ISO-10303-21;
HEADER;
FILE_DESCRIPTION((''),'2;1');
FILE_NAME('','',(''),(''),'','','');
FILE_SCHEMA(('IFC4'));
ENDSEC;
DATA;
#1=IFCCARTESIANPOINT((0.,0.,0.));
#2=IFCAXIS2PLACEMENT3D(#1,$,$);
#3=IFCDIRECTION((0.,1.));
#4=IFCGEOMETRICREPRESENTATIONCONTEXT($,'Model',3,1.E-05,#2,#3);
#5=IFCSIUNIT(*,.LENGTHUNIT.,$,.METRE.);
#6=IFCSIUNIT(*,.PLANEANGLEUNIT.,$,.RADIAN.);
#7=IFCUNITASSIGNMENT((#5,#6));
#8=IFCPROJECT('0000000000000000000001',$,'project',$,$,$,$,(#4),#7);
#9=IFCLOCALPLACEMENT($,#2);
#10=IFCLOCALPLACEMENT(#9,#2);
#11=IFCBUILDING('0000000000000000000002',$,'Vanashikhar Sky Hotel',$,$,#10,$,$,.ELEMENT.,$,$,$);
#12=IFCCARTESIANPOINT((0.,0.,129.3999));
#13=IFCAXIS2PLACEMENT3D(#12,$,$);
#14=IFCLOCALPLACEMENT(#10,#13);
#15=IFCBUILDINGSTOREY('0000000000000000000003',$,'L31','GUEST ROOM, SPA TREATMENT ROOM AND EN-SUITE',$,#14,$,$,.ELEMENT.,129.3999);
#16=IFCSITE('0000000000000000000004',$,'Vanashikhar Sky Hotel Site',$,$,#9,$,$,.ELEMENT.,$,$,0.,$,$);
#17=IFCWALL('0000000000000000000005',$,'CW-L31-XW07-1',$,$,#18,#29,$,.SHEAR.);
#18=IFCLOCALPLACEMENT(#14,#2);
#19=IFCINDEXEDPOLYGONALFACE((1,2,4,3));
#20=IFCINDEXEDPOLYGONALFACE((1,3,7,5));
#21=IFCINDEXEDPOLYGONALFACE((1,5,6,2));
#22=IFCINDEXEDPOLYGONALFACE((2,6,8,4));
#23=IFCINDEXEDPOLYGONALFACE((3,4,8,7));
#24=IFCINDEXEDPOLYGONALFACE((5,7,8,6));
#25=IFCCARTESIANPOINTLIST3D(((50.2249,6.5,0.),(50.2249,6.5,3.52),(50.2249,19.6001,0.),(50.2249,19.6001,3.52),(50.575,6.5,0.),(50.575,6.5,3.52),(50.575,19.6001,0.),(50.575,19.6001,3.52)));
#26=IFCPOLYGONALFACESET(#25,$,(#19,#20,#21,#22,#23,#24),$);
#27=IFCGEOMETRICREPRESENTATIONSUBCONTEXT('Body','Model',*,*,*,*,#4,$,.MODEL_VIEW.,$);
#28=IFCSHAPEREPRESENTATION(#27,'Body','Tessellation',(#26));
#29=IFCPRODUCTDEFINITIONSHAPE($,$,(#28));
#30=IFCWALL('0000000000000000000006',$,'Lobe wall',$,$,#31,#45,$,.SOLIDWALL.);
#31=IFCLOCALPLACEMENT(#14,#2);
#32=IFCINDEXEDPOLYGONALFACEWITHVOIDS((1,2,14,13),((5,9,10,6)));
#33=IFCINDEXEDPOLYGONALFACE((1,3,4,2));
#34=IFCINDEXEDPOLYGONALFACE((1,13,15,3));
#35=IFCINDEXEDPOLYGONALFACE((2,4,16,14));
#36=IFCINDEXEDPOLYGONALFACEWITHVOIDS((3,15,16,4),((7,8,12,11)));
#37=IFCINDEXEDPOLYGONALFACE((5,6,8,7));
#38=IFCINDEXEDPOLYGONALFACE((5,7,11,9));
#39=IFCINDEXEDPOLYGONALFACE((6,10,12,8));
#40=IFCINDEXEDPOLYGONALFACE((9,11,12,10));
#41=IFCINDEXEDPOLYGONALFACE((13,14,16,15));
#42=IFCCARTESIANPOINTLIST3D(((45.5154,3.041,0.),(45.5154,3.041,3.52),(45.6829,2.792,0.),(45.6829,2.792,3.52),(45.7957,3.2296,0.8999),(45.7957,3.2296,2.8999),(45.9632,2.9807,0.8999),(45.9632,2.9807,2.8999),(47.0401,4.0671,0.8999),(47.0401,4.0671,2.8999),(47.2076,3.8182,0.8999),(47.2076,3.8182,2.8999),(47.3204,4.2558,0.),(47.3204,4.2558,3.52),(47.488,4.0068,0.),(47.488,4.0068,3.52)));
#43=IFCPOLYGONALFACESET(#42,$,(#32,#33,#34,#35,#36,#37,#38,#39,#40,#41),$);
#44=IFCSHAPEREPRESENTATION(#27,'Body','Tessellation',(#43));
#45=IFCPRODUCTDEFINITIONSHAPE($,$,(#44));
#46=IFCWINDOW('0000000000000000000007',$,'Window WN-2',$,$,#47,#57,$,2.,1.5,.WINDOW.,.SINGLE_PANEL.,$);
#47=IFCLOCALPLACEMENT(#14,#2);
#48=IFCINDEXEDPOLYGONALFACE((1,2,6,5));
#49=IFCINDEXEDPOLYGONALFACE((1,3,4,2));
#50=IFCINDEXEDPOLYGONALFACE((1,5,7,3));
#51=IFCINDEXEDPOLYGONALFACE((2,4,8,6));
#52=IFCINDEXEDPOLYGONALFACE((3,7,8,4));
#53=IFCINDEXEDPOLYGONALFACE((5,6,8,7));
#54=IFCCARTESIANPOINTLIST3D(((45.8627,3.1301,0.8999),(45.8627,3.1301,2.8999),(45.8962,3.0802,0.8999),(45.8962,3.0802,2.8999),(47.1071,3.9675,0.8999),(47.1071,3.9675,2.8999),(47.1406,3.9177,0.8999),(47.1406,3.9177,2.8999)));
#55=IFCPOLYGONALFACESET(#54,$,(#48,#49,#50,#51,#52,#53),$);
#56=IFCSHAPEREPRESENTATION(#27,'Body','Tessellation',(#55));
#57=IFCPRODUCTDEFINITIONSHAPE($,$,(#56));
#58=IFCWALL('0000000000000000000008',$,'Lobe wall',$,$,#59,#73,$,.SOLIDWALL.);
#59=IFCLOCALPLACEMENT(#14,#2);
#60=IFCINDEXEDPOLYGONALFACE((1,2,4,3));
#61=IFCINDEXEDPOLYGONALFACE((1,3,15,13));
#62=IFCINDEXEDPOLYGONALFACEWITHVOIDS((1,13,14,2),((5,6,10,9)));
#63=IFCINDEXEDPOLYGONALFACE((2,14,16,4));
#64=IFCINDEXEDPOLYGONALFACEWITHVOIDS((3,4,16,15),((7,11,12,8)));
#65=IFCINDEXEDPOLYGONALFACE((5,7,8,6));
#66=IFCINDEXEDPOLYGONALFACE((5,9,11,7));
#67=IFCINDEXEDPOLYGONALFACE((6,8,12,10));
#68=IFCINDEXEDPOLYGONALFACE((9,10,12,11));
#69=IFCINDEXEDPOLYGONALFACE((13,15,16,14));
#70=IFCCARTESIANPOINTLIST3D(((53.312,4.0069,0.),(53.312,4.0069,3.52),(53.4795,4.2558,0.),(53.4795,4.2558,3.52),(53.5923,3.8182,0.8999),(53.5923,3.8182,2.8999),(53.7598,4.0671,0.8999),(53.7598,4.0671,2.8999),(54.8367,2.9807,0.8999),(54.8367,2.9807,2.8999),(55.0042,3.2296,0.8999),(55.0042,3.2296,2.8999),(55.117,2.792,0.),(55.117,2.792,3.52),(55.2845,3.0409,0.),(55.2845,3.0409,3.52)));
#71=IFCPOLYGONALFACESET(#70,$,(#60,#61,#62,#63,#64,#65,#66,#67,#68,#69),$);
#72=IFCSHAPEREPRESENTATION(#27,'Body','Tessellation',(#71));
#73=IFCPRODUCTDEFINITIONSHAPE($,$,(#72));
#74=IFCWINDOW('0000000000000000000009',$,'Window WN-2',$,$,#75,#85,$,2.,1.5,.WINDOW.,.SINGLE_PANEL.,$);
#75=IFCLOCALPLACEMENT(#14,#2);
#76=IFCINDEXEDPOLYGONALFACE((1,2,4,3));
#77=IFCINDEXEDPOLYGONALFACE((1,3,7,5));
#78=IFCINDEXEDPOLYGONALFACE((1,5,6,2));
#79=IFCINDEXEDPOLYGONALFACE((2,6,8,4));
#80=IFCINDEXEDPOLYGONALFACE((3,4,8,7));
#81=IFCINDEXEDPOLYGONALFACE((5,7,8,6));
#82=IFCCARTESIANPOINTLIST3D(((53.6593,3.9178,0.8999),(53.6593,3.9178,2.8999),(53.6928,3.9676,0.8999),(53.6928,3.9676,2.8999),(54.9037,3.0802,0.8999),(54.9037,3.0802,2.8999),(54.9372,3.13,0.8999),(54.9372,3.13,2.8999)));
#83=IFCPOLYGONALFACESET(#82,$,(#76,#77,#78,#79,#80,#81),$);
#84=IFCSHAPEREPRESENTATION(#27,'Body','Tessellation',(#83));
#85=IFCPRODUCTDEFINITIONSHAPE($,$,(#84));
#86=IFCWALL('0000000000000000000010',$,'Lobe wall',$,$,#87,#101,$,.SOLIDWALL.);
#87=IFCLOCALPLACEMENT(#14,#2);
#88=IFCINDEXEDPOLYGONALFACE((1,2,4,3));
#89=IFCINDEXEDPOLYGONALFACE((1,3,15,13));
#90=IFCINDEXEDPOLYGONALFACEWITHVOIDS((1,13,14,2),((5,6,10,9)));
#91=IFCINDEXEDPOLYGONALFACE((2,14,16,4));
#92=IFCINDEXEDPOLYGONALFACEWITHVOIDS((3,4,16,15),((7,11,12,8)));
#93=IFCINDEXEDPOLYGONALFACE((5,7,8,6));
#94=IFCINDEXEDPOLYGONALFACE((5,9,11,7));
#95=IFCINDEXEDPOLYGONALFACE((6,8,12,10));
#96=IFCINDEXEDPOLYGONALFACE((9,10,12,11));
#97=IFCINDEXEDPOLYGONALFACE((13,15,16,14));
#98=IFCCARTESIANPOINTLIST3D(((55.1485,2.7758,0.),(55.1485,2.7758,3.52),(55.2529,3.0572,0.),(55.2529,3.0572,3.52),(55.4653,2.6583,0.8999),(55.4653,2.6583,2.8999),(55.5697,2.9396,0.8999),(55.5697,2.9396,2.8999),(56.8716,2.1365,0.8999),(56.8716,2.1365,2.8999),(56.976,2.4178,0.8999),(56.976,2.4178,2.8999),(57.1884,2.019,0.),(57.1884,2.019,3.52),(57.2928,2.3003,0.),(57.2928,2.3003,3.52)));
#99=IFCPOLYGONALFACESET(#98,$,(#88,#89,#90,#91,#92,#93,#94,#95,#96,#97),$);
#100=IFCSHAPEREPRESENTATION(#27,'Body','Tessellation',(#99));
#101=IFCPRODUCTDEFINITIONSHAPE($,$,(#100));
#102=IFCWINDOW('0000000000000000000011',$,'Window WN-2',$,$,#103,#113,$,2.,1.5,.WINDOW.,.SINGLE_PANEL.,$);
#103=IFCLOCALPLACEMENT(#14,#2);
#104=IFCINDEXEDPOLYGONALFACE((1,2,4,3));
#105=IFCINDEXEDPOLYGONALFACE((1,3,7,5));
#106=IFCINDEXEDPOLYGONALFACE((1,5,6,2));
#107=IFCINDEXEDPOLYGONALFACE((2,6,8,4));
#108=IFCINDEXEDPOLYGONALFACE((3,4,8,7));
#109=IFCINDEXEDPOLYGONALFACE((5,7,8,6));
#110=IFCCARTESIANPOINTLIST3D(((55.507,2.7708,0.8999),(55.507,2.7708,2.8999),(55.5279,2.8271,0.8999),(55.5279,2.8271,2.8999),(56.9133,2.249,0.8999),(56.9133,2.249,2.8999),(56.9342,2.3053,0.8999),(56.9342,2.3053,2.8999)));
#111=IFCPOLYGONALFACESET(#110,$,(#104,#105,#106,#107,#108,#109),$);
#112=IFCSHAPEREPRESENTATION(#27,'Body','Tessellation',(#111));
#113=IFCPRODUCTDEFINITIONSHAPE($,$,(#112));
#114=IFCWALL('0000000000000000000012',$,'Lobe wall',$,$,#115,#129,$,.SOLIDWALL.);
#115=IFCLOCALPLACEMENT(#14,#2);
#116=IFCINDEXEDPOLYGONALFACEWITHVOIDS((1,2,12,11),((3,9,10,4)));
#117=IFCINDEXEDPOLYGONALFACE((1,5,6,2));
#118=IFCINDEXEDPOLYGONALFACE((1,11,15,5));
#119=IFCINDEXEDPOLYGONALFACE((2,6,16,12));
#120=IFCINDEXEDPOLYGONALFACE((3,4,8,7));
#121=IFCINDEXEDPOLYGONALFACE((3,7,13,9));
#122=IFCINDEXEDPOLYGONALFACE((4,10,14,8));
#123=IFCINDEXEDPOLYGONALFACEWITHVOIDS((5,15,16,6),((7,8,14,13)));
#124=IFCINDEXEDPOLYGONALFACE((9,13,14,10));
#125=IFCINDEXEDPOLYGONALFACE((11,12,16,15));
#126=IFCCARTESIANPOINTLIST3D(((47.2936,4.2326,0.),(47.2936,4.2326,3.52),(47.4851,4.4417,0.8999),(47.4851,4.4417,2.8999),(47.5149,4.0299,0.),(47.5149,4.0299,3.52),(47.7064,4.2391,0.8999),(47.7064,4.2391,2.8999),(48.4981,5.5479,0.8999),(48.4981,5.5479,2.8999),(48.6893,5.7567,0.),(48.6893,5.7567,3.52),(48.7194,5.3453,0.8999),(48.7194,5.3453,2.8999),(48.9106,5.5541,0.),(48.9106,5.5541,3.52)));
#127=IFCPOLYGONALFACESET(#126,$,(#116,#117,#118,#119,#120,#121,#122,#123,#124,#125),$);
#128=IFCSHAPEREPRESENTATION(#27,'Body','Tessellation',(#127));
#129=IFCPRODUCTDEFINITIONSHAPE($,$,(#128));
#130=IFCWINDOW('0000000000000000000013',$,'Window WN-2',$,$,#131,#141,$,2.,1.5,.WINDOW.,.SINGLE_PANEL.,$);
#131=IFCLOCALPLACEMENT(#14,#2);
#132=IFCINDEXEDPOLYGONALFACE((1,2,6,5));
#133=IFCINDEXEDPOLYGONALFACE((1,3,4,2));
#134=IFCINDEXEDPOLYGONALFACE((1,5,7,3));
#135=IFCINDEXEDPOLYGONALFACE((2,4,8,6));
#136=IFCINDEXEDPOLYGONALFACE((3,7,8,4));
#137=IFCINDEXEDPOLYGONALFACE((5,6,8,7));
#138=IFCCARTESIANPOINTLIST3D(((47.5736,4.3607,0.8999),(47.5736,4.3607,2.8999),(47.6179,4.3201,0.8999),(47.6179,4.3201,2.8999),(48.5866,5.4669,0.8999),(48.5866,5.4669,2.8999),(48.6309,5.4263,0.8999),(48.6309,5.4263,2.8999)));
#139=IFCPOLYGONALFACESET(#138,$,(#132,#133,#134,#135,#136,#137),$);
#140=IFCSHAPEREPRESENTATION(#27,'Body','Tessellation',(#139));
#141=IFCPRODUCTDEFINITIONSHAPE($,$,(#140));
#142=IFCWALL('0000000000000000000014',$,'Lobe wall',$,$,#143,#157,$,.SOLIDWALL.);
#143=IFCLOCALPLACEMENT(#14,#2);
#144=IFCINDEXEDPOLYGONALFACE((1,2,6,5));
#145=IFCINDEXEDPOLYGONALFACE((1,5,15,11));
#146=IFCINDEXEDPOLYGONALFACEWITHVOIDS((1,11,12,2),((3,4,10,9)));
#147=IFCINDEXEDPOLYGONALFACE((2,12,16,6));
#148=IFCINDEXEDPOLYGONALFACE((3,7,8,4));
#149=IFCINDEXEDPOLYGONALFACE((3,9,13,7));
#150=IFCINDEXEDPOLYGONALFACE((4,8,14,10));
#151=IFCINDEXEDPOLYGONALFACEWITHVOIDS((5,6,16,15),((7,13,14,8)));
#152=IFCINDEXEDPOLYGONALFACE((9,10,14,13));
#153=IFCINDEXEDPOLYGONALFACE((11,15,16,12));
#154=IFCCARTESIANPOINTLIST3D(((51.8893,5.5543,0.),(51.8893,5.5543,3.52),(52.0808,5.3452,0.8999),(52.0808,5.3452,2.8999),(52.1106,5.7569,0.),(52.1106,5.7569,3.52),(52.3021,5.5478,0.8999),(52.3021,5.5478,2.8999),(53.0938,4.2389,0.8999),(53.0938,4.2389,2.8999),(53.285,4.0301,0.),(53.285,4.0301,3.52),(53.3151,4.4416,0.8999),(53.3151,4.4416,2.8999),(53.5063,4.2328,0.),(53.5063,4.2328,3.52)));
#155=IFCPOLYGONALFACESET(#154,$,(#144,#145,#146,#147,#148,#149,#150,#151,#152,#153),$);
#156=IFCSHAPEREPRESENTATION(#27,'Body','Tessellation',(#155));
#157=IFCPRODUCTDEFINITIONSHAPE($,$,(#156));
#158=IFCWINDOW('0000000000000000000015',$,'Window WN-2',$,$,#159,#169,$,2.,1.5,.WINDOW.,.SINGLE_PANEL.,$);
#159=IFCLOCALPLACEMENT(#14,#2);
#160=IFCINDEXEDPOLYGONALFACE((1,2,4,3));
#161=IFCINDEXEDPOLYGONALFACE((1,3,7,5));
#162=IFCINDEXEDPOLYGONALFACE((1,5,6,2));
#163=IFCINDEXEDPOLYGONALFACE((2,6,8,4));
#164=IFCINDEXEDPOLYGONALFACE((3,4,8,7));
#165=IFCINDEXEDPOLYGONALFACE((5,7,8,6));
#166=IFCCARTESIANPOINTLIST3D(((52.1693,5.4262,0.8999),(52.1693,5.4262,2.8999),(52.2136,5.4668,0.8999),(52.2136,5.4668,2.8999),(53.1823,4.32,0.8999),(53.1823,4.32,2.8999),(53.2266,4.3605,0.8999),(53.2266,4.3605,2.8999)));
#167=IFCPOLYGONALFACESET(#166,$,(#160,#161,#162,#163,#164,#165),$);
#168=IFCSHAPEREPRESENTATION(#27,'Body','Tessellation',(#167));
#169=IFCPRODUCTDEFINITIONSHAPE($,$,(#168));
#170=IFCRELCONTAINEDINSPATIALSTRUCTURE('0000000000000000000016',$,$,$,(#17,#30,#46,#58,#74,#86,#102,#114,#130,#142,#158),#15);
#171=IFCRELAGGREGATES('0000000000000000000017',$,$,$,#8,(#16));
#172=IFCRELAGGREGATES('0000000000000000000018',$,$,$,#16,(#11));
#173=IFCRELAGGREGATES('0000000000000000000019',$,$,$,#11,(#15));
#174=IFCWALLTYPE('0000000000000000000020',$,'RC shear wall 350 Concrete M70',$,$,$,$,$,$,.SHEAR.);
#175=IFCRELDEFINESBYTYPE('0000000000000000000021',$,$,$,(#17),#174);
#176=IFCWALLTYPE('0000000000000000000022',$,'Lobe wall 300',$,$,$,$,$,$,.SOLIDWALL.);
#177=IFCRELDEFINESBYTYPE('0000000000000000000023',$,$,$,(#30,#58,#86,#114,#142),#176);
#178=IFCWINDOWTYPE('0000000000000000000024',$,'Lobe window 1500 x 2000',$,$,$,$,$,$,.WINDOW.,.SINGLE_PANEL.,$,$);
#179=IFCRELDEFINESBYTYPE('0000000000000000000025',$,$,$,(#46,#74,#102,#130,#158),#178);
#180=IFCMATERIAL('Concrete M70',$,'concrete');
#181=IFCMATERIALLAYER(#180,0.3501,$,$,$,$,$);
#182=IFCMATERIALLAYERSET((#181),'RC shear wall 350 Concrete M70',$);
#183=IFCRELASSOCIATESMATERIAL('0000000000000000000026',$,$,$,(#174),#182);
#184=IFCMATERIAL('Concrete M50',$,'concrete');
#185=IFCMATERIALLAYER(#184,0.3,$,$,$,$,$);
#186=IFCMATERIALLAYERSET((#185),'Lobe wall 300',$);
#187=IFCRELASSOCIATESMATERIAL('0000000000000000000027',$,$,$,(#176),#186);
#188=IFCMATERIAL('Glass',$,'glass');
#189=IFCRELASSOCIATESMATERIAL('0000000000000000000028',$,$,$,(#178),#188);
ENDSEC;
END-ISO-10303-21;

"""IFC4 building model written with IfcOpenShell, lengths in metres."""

from ifc_helpers import new_model, si_unit, direction, frame, frame_2d, origin, place, context, subcontext, project, spatial, rectangle, extrude, source, transform, mapped, material, layer, layer_set, type_object, element, fill, save


model = new_model("IFC4")

# Units and contexts
model_context = context("Model", 3, precision=1e-05, world=origin(), true_north=direction((0.0, 1.0)))
body_context = subcontext(model_context, "Body", "Model", "MODEL_VIEW")
ifc_project = project(units=[si_unit("LENGTHUNIT", "METRE"), si_unit("PLANEANGLEUNIT", "RADIAN")], contexts=[model_context])

# Site, building, storey
site_placement = place(None, origin())
site = spatial("IfcSite", under=ifc_project, at=site_placement, Name="Vanashikhar Sky Hotel Site", CompositionType="ELEMENT", RefElevation=0.0)
building_placement = place(site_placement, origin())
building = spatial("IfcBuilding", under=site, at=building_placement, Name="Vanashikhar Sky Hotel", CompositionType="ELEMENT")
storey_placement = place(building_placement, frame((0.0, 0.0, 129.3999)))
storey = spatial("IfcBuildingStorey", under=building, at=storey_placement, Name="L31", Description="GUEST ROOM, SPA TREATMENT ROOM AND EN-SUITE", CompositionType="ELEMENT", Elevation=129.3999)

# Wall
ifc_material_1 = material(Name="Concrete M70", Category="concrete")
ifc_layer_1 = layer(ifc_material_1, 0.3501)
ifc_layer_set_1 = layer_set([ifc_layer_1], Name="RC shear wall 350 Concrete M70")
wall_type_1 = type_object("IfcWallType", Name="RC shear wall 350 Concrete M70", PredefinedType="SHEAR", material=ifc_layer_set_1)
shared_shape_1 = source(origin(), body_context, "Body", "SweptSolid", [
    extrude(rectangle(XDim=13.1001, YDim=0.3501, at=frame_2d((6.55, 0.0))), origin(), (0.0, 0.0, 1.0), 3.52),
])
wall_1_placement = place(storey_placement, frame((50.3999, 6.5, 0.0), z_axis=(0.0, 0.0, 1.0), x_axis=(0.0, 1.0, 0.0)))
element("IfcWall", 1, at=wall_1_placement, inside=storey, type_object=wall_type_1, Name="CW-L31-XW07-1", PredefinedType="SHEAR", context=body_context, shape_type="MappedRepresentation", body=[
    mapped(shared_shape_1, transform((0.0, 0.0, 0.0), scale=1.0)),
])

# Walls, openings, windows
ifc_material_2 = material(Name="Concrete M50", Category="concrete")
ifc_layer_2 = layer(ifc_material_2, 0.3)
ifc_layer_set_2 = layer_set([ifc_layer_2], Name="Lobe wall 300")
wall_type_2 = type_object("IfcWallType", Name="Lobe wall 300", PredefinedType="SOLIDWALL", material=ifc_layer_set_2)
shared_shape_2 = source(origin(), body_context, "Body", "SweptSolid", [
    extrude(rectangle(XDim=2.1758, YDim=0.3, at=frame_2d((1.0879, 0.0))), origin(), (0.0, 0.0, 1.0), 3.52),
])
wall_2_placement = place(storey_placement, frame((45.5991, 2.9165, 0.0), z_axis=(0.0, 0.0, 1.0), x_axis=(0.829626, 0.55832, 0.0)))
wall_2 = element("IfcWall", 2, at=wall_2_placement, inside=storey, type_object=wall_type_2, Name="Lobe wall", PredefinedType="SOLIDWALL", context=body_context, shape_type="MappedRepresentation", body=[
    mapped(shared_shape_2, transform((0.0, 0.0, 0.0), scale=1.0)),
])
shared_shape_3 = source(origin(), body_context, "Body", "SweptSolid", [
    extrude(rectangle(XDim=1.5, YDim=2.0, at=frame_2d((0.75, 1.0))), frame((0.0, 0.1602, 0.0), z_axis=(0.0, -1.0, 0.0), x_axis=(1.0, 0.0, 0.0)), (0.0, 0.0, 1.0), 0.3201),
])
opening_1_placement = place(wall_2_placement, frame((0.3379, 0.0, 0.8999)))
opening_1 = element("IfcOpeningElement", 3, at=opening_1_placement, cuts=wall_2, PredefinedType="OPENING", context=body_context, shape_type="MappedRepresentation", body=[
    mapped(shared_shape_3, transform((0.0, 0.0, 0.0), scale=1.0)),
])
ifc_material_3 = material(Name="Glass", Category="glass")
window_type = type_object("IfcWindowType", Name="Lobe window 1500 x 2000", PartitioningType="SINGLE_PANEL", PredefinedType="WINDOW", material=ifc_material_3)
shared_shape_4 = source(origin(), body_context, "Body", "SweptSolid", [
    extrude(rectangle(XDim=1.5, YDim=2.0, at=frame_2d((0.75, 1.0))), frame((0.0, 0.03, 0.0), z_axis=(0.0, -1.0, 0.0), x_axis=(1.0, 0.0, 0.0)), (0.0, 0.0, 1.0), 0.0601),
])
window_1_placement = place(opening_1_placement, origin())
window_1 = element("IfcWindow", 4, at=window_1_placement, inside=storey, type_object=window_type, Name="Window WN-2", OverallHeight=2.0, OverallWidth=1.5, PartitioningType="SINGLE_PANEL", PredefinedType="WINDOW", context=body_context, shape_type="MappedRepresentation", body=[
    mapped(shared_shape_4, transform((0.0, 0.0, 0.0), scale=1.0)),
])
fill(opening_1, window_1)
wall_3_placement = place(storey_placement, frame((53.3958, 4.1313, 0.0), z_axis=(0.0, 0.0, 1.0), x_axis=(0.829591, -0.558372, 0.0)))
wall_3 = element("IfcWall", 5, at=wall_3_placement, inside=storey, type_object=wall_type_2, Name="Lobe wall", PredefinedType="SOLIDWALL", context=body_context, shape_type="MappedRepresentation", body=[
    mapped(shared_shape_2, transform((0.0, 0.0, 0.0), scale=1.0)),
])
opening_2_placement = place(wall_3_placement, frame((0.3379, 0.0, 0.8999)))
opening_2 = element("IfcOpeningElement", 6, at=opening_2_placement, cuts=wall_3, PredefinedType="OPENING", context=body_context, shape_type="MappedRepresentation", body=[
    mapped(shared_shape_3, transform((0.0, 0.0, 0.0), scale=1.0)),
])
window_2_placement = place(opening_2_placement, origin())
window_2 = element("IfcWindow", 7, at=window_2_placement, inside=storey, type_object=window_type, Name="Window WN-2", OverallHeight=2.0, OverallWidth=1.5, PartitioningType="SINGLE_PANEL", PredefinedType="WINDOW", context=body_context, shape_type="MappedRepresentation", body=[
    mapped(shared_shape_4, transform((0.0, 0.0, 0.0), scale=1.0)),
])
fill(opening_2, window_2)
wall_4_placement = place(storey_placement, frame((55.2007, 2.9165, 0.0), z_axis=(0.0, 0.0, 1.0), x_axis=(0.937546, -0.347863, 0.0)))
wall_4 = element("IfcWall", 8, at=wall_4_placement, inside=storey, type_object=wall_type_2, Name="Lobe wall", PredefinedType="SOLIDWALL", context=body_context, shape_type="MappedRepresentation", body=[
    mapped(shared_shape_2, transform((0.0, 0.0, 0.0), scale=1.0)),
])
opening_3_placement = place(wall_4_placement, frame((0.3379, 0.0, 0.8999)))
opening_3 = element("IfcOpeningElement", 9, at=opening_3_placement, cuts=wall_4, PredefinedType="OPENING", context=body_context, shape_type="MappedRepresentation", body=[
    mapped(shared_shape_3, transform((0.0, 0.0, 0.0), scale=1.0)),
])
window_3_placement = place(opening_3_placement, origin())
window_3 = element("IfcWindow", 10, at=window_3_placement, inside=storey, type_object=window_type, Name="Window WN-2", OverallHeight=2.0, OverallWidth=1.5, PartitioningType="SINGLE_PANEL", PredefinedType="WINDOW", context=body_context, shape_type="MappedRepresentation", body=[
    mapped(shared_shape_4, transform((0.0, 0.0, 0.0), scale=1.0)),
])
fill(opening_3, window_3)
shared_shape_5 = source(origin(), body_context, "Body", "SweptSolid", [
    extrude(rectangle(XDim=2.0667, YDim=0.3, at=frame_2d((1.0332, 0.0))), origin(), (0.0, 0.0, 1.0), 3.52),
])
wall_5_placement = place(storey_placement, frame((47.4043, 4.1313, 0.0), z_axis=(0.0, 0.0, 1.0), x_axis=(0.675355, 0.737492, 0.0)))
wall_5 = element("IfcWall", 11, at=wall_5_placement, inside=storey, type_object=wall_type_2, Name="Lobe wall", PredefinedType="SOLIDWALL", context=body_context, shape_type="MappedRepresentation", body=[
    mapped(shared_shape_5, transform((0.0, 0.0, 0.0), scale=1.0)),
])
opening_4_placement = place(wall_5_placement, frame((0.2834, 0.0, 0.8999)))
opening_4 = element("IfcOpeningElement", 12, at=opening_4_placement, cuts=wall_5, PredefinedType="OPENING", context=body_context, shape_type="MappedRepresentation", body=[
    mapped(shared_shape_3, transform((0.0, 0.0, 0.0), scale=1.0)),
])
window_4_placement = place(opening_4_placement, origin())
window_4 = element("IfcWindow", 13, at=window_4_placement, inside=storey, type_object=window_type, Name="Window WN-2", OverallHeight=2.0, OverallWidth=1.5, PartitioningType="SINGLE_PANEL", PredefinedType="WINDOW", context=body_context, shape_type="MappedRepresentation", body=[
    mapped(shared_shape_4, transform((0.0, 0.0, 0.0), scale=1.0)),
])
fill(opening_4, window_4)
wall_6_placement = place(storey_placement, frame((52.0, 5.6555, 0.0), z_axis=(0.0, 0.0, 1.0), x_axis=(0.675355, -0.737492, 0.0)))
wall_6 = element("IfcWall", 14, at=wall_6_placement, inside=storey, type_object=wall_type_2, Name="Lobe wall", PredefinedType="SOLIDWALL", context=body_context, shape_type="MappedRepresentation", body=[
    mapped(shared_shape_5, transform((0.0, 0.0, 0.0), scale=1.0)),
])
opening_5_placement = place(wall_6_placement, frame((0.2834, 0.0, 0.8999)))
opening_5 = element("IfcOpeningElement", 15, at=opening_5_placement, cuts=wall_6, PredefinedType="OPENING", context=body_context, shape_type="MappedRepresentation", body=[
    mapped(shared_shape_3, transform((0.0, 0.0, 0.0), scale=1.0)),
])
window_5_placement = place(opening_5_placement, origin())
window_5 = element("IfcWindow", 16, at=window_5_placement, inside=storey, type_object=window_type, Name="Window WN-2", OverallHeight=2.0, OverallWidth=1.5, PartitioningType="SINGLE_PANEL", PredefinedType="WINDOW", context=body_context, shape_type="MappedRepresentation", body=[
    mapped(shared_shape_4, transform((0.0, 0.0, 0.0), scale=1.0)),
])
fill(opening_5, window_5)

save(model, "model.ifc")
